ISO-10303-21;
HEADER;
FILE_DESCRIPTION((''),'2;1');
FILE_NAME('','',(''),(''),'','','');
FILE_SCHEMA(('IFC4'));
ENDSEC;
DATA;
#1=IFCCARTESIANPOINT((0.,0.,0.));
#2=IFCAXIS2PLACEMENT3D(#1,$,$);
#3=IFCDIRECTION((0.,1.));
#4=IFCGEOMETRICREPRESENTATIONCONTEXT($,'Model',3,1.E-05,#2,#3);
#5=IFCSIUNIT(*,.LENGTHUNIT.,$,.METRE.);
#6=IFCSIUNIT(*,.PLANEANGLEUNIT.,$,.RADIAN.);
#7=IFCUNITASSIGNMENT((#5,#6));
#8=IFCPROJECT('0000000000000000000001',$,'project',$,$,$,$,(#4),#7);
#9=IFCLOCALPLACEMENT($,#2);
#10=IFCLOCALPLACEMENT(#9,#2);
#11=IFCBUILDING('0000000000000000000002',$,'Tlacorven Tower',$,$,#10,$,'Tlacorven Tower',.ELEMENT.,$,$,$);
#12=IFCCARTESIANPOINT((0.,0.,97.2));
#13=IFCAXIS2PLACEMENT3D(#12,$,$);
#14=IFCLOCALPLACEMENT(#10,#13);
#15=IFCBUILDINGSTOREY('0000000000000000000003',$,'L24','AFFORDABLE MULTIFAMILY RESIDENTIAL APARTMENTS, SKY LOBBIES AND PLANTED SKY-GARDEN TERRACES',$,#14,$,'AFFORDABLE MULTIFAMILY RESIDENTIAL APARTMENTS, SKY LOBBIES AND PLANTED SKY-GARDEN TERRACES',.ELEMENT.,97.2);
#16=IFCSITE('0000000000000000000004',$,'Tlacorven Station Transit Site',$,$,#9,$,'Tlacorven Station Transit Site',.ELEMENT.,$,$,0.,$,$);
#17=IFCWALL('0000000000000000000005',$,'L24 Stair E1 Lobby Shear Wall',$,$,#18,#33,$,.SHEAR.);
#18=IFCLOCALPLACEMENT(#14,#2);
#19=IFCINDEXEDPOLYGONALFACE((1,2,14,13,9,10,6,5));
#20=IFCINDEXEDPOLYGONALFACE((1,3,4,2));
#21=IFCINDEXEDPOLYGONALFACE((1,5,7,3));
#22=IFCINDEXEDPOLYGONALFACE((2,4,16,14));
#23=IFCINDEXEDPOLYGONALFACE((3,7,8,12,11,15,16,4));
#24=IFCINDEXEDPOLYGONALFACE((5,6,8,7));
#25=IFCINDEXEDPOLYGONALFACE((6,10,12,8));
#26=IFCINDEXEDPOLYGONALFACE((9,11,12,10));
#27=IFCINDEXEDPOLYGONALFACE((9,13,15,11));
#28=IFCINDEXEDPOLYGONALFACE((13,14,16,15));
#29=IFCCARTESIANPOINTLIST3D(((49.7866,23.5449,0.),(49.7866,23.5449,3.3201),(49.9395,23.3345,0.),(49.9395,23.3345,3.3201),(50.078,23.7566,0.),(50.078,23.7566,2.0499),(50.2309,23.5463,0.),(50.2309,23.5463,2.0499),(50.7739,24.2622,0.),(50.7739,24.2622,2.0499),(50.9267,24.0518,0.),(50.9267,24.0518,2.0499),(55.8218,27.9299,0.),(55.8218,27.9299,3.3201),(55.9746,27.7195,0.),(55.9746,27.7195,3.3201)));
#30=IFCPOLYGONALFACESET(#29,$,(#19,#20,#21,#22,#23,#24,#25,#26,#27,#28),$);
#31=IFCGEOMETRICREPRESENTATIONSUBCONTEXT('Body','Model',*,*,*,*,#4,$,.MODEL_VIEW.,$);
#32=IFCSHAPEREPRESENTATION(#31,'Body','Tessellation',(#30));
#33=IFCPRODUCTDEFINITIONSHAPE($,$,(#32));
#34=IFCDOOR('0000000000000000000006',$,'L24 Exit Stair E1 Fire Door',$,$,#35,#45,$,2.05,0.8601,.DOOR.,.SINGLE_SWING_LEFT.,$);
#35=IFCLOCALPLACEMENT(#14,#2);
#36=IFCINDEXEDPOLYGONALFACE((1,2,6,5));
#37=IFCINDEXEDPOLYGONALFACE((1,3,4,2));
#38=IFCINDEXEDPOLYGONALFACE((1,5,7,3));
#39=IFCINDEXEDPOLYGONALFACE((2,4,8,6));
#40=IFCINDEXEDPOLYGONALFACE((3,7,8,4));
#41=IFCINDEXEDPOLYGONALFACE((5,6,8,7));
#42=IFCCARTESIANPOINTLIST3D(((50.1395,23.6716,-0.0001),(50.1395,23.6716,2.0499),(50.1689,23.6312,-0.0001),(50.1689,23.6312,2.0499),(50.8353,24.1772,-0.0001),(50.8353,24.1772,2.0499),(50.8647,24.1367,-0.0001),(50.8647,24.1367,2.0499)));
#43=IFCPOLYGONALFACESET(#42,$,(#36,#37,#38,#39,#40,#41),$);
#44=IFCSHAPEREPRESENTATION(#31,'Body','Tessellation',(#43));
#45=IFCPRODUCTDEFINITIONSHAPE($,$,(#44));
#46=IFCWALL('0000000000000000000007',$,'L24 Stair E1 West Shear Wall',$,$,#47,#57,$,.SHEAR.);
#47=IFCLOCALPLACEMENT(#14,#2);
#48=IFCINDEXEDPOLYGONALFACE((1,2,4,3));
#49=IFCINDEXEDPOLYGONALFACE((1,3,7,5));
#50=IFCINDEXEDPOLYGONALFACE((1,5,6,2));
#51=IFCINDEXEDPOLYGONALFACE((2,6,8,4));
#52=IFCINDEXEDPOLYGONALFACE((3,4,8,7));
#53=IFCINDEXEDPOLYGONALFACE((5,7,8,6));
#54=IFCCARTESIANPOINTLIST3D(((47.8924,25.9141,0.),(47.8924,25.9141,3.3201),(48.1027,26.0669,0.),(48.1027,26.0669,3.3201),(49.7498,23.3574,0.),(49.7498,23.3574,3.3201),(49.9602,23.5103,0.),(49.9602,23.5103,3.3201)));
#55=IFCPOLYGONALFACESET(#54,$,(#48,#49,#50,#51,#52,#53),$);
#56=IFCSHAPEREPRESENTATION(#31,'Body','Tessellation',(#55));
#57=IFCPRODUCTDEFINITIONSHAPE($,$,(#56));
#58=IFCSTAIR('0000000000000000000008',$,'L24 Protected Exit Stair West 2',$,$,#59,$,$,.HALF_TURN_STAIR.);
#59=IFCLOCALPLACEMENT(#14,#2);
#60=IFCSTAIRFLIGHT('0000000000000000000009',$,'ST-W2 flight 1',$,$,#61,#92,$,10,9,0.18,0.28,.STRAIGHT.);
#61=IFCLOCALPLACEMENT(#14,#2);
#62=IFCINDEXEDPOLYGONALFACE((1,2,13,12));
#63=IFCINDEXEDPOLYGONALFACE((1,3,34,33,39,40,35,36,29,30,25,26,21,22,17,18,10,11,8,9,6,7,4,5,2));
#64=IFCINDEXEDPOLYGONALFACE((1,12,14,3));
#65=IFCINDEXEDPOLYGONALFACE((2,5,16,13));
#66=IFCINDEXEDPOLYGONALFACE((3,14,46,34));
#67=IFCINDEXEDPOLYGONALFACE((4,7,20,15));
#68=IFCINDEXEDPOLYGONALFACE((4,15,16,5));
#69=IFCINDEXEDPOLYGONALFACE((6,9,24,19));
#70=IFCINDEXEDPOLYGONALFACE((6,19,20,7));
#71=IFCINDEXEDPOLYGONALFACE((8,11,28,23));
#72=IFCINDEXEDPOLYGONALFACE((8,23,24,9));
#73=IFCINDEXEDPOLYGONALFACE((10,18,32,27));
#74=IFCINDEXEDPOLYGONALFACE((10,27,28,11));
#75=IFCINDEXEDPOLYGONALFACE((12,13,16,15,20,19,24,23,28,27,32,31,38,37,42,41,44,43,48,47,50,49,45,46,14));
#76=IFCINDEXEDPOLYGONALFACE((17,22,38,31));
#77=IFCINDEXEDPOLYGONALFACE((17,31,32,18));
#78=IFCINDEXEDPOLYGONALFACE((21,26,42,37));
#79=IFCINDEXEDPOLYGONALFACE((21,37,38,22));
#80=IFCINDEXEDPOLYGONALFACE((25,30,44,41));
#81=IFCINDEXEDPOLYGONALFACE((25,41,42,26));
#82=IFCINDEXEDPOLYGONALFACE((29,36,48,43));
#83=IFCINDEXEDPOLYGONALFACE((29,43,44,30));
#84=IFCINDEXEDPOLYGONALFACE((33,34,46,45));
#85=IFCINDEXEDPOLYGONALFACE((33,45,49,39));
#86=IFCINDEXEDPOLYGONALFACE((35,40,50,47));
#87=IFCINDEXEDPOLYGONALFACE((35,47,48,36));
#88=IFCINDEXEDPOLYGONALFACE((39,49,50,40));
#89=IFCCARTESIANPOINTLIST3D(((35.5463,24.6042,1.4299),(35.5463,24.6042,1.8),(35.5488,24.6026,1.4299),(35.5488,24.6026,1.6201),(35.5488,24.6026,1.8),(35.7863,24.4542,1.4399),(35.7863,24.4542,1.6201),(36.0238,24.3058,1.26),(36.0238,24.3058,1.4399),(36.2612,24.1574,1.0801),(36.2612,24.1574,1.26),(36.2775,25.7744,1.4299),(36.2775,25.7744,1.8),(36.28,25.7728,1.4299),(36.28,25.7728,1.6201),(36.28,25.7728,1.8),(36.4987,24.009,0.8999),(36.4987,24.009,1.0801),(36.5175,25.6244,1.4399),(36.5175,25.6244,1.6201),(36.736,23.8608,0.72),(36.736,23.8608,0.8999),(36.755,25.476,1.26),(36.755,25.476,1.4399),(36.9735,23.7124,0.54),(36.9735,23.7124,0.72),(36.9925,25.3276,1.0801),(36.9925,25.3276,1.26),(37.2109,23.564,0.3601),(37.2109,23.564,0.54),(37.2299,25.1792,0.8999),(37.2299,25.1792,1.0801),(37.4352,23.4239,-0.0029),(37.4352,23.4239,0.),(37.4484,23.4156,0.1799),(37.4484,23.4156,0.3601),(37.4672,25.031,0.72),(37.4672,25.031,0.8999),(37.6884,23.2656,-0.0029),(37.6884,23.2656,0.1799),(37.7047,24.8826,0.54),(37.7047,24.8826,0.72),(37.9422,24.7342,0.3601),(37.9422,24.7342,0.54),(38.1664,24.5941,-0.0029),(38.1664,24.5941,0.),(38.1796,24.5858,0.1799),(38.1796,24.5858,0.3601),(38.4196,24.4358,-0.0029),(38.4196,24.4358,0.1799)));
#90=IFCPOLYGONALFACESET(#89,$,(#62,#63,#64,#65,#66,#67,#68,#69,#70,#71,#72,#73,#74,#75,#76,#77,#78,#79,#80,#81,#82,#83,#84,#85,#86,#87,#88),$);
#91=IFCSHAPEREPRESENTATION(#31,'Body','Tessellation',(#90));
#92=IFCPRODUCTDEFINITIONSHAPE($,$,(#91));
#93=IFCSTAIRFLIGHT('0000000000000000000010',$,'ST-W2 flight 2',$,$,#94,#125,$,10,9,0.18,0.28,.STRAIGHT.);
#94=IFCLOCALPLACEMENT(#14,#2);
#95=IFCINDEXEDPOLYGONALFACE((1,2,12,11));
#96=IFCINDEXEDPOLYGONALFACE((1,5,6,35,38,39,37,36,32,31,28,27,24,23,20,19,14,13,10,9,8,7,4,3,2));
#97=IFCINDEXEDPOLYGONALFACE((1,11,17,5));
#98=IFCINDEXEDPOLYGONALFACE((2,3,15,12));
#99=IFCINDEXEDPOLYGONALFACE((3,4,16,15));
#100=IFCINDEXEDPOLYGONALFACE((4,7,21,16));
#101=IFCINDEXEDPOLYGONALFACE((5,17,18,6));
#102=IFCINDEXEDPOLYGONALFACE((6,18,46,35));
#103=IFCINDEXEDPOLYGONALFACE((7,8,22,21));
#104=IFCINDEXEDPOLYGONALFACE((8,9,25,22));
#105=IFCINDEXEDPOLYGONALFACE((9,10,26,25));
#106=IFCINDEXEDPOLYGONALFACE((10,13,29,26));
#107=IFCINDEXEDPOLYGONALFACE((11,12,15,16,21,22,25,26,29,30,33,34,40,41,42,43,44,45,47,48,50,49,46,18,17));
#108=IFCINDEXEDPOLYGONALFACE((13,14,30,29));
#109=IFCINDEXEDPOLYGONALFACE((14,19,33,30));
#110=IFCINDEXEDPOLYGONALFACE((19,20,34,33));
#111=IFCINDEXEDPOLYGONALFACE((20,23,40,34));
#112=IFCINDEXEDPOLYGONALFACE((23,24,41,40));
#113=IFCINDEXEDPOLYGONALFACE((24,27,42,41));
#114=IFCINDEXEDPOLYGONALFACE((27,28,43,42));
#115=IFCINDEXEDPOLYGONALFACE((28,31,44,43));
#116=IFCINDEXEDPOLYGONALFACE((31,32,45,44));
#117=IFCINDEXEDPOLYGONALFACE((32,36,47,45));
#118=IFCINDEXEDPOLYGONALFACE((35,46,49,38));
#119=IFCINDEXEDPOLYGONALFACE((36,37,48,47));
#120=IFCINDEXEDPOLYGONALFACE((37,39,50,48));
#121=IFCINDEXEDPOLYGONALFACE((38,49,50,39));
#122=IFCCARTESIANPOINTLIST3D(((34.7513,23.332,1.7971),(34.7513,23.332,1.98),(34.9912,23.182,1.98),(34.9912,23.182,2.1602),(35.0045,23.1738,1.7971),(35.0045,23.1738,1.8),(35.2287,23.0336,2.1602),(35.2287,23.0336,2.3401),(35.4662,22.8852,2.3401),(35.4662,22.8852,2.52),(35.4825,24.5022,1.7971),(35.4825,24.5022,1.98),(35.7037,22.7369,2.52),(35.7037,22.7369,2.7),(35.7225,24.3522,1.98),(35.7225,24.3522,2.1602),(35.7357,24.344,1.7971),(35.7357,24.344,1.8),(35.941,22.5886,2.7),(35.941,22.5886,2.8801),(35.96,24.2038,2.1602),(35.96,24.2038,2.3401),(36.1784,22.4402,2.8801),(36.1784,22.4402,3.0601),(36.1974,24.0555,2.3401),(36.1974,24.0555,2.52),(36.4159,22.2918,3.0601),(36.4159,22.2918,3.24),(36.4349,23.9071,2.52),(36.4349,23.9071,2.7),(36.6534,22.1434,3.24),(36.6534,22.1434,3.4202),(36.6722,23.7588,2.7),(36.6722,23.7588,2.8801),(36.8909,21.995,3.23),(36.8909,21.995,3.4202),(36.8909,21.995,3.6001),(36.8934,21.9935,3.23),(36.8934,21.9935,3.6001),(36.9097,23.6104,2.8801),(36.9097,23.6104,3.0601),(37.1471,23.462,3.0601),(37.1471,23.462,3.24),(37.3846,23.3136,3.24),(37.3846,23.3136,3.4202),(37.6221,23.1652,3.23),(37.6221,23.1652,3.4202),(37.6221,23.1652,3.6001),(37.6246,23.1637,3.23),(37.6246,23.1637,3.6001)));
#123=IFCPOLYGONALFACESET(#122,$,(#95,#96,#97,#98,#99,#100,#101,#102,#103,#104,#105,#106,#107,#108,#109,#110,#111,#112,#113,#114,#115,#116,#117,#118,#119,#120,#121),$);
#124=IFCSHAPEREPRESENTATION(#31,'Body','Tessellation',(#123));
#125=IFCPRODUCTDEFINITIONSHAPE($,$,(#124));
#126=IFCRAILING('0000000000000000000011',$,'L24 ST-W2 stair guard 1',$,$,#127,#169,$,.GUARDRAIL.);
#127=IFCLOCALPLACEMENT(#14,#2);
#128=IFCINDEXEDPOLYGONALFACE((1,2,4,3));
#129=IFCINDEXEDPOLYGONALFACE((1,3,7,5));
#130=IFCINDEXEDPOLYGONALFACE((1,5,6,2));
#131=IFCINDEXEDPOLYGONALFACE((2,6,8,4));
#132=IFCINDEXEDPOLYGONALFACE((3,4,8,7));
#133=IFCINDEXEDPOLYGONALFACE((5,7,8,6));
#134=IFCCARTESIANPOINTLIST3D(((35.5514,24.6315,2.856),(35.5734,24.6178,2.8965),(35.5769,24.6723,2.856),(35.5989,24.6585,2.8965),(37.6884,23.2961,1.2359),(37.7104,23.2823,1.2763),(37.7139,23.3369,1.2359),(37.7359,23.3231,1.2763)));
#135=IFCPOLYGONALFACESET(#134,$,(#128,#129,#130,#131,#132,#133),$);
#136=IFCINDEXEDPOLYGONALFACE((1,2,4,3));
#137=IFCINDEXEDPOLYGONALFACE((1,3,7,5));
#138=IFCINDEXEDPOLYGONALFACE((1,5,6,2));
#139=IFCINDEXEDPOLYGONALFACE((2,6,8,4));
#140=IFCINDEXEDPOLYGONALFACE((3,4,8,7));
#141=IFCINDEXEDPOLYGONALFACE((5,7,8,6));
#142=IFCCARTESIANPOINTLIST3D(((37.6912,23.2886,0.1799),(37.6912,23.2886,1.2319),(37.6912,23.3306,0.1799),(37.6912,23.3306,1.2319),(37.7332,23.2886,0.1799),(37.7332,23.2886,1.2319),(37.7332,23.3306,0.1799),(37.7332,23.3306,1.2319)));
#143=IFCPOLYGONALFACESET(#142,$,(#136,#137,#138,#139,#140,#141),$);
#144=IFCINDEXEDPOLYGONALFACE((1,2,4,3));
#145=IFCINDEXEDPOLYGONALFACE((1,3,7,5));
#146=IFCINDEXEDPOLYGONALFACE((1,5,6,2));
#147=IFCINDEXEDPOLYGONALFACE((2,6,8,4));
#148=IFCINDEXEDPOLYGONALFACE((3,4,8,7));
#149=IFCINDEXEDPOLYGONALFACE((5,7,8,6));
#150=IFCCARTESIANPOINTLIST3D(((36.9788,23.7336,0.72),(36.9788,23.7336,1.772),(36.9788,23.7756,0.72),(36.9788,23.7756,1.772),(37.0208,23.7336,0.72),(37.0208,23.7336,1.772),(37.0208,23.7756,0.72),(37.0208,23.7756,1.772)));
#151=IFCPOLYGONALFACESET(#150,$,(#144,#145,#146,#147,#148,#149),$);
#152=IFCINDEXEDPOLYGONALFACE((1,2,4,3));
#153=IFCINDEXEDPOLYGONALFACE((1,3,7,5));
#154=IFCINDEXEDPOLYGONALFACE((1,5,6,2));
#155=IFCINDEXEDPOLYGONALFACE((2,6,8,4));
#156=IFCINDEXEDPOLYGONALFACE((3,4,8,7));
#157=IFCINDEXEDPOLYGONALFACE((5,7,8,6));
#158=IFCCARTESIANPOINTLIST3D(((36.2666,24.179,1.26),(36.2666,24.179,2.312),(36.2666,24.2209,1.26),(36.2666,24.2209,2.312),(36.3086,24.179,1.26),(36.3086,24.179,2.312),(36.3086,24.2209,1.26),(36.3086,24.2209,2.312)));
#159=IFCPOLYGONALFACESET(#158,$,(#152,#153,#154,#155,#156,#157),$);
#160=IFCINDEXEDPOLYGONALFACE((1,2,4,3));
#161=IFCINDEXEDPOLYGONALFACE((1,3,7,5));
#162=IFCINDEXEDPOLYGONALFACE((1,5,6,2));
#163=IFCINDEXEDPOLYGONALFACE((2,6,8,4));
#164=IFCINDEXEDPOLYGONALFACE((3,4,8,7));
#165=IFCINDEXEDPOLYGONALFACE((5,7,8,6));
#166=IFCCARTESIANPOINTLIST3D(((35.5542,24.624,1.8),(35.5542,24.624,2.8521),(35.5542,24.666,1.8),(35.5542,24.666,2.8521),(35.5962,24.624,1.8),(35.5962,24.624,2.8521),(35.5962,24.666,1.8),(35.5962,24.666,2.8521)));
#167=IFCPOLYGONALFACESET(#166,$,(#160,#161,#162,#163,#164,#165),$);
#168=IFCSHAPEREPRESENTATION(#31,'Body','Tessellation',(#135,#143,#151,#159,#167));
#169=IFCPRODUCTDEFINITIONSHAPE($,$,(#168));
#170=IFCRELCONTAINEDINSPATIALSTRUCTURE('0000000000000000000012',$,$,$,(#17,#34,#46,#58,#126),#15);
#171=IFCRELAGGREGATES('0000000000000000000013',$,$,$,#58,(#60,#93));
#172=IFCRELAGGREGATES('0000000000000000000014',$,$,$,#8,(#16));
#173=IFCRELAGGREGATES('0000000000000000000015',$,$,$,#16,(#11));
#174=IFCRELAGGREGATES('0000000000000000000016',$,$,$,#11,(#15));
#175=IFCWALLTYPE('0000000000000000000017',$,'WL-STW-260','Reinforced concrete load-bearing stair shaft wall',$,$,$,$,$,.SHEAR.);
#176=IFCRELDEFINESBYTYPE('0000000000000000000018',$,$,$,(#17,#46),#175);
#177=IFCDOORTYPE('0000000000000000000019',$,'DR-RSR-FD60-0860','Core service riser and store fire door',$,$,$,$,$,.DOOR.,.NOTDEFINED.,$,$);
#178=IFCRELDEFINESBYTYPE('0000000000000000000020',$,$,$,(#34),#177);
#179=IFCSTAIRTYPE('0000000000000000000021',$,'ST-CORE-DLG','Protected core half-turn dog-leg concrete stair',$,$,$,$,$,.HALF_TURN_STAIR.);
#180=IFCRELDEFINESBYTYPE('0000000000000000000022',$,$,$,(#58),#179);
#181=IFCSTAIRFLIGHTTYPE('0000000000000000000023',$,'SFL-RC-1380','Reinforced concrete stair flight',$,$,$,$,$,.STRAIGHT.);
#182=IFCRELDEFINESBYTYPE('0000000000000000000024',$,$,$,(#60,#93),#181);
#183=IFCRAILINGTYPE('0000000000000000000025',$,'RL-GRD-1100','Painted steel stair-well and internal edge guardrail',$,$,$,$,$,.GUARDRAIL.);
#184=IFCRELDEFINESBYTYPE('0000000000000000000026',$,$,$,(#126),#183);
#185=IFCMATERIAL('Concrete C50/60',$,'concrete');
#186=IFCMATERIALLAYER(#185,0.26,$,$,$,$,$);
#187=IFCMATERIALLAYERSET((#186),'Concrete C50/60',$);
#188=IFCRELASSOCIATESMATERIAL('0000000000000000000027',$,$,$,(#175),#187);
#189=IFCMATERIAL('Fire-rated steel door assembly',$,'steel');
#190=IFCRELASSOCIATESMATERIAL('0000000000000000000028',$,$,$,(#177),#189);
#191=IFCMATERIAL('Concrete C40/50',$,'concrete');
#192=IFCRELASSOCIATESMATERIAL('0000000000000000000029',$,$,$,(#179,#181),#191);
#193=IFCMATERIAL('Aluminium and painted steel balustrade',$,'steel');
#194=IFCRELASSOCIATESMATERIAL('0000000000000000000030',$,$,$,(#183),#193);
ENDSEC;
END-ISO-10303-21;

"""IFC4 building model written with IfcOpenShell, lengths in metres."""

from ifc_helpers import new_model, si_unit, direction, frame, frame_2d, origin, origin_2d, place, context, subcontext, project, spatial, polyline, rectangle, outline, extrude, source, transform, mapped, material, layer, layer_set, type_object, element, fill, aggregate, save


model = new_model("IFC4")

# Units and contexts
model_context = context("Model", 3, precision=1e-05, world=origin(), true_north=direction((0.0, 1.0)))
body_context = subcontext(model_context, "Body", "Model", "MODEL_VIEW")
ifc_project = project(units=[si_unit("LENGTHUNIT", "METRE"), si_unit("PLANEANGLEUNIT", "RADIAN")], contexts=[model_context])

# Site, building, storey
site_placement = place(None, origin())
site = spatial("IfcSite", under=ifc_project, at=site_placement, Name="Tlacorven Station Transit Site", LongName="Tlacorven Station Transit Site", CompositionType="ELEMENT", RefElevation=0.0)
building_placement = place(site_placement, origin())
building = spatial("IfcBuilding", under=site, at=building_placement, Name="Tlacorven Tower", LongName="Tlacorven Tower", CompositionType="ELEMENT")
storey_placement = place(building_placement, frame((0.0, 0.0, 97.2)))
storey = spatial("IfcBuildingStorey", under=building, at=storey_placement, Name="L24", Description="AFFORDABLE MULTIFAMILY RESIDENTIAL APARTMENTS, SKY LOBBIES AND PLANTED SKY-GARDEN TERRACES", LongName="AFFORDABLE MULTIFAMILY RESIDENTIAL APARTMENTS, SKY LOBBIES AND PLANTED SKY-GARDEN TERRACES", CompositionType="ELEMENT", Elevation=97.2)

# Shared definitions
ifc_material_1 = material(Name="Concrete C40/50", Category="concrete")
ifc_material_2 = material(Name="Concrete C50/60", Category="concrete")
ifc_layer_1 = layer(ifc_material_2, 0.26)
ifc_layer_set_1 = layer_set([ifc_layer_1], Name="Concrete C50/60")
wall_type_1 = type_object("IfcWallType", Name="WL-STW-260", Description="Reinforced concrete load-bearing stair shaft wall", PredefinedType="SHEAR", material=ifc_layer_set_1)

# Wall, opening, door
wall_1_placement = place(storey_placement, frame((49.863, 23.4397, 0.0), z_axis=(0.0, 0.0, 1.0), x_axis=(0.809003, 0.587804, 0.0)))
wall_1 = element("IfcWall", 1, at=wall_1_placement, inside=storey, type_object=wall_type_1, Name="L24 Stair E1 Lobby Shear Wall", PredefinedType="SHEAR", context=body_context, shape_type="SweptSolid", body=[
    extrude(rectangle(XDim=7.46, YDim=0.26, at=frame_2d((3.73, 0.0))), origin(), (0.0, 0.0, 1.0), 3.3201),
])
opening_placement = place(wall_1_placement, frame((0.3601, 0.0, 0.0)))
opening = element("IfcOpeningElement", 2, at=opening_placement, cuts=wall_1, PredefinedType="OPENING", context=body_context, shape_type="SweptSolid", body=[
    extrude(rectangle(XDim=0.8601, YDim=2.05, at=frame_2d((0.4302, 1.0249))), frame((0.0, 0.1401, 0.0), z_axis=(0.0, -1.0, 0.0), x_axis=(1.0, 0.0, 0.0)), (0.0, 0.0, 1.0), 0.28),
])
ifc_material_3 = material(Name="Fire-rated steel door assembly", Category="steel")
door_type = type_object("IfcDoorType", Name="DR-RSR-FD60-0860", Description="Core service riser and store fire door", OperationType="NOTDEFINED", PredefinedType="DOOR", material=ifc_material_3)
shared_shape_1 = source(origin(), body_context, "Body", "SweptSolid", [
    extrude(rectangle(XDim=0.8601, YDim=2.05, at=frame_2d((0.4302, 1.0249))), frame((0.0, 0.0249, 0.0), z_axis=(0.0, -1.0, 0.0), x_axis=(1.0, 0.0, 0.0)), (0.0, 0.0, 1.0), 0.05),
])
door_placement = place(opening_placement, frame((0.8601, 0.0, 0.0), z_axis=(0.0, 0.0, 1.0), x_axis=(-1.0, 0.0, 0.0)))
door = element("IfcDoor", 3, at=door_placement, inside=storey, type_object=door_type, Name="L24 Exit Stair E1 Fire Door", OperationType="SINGLE_SWING_LEFT", OverallHeight=2.05, OverallWidth=0.8601, PredefinedType="DOOR", context=body_context, shape_type="MappedRepresentation", body=[
    mapped(shared_shape_1, transform((0.0, 0.0, 0.0), scale=1.0)),
])
fill(opening, door)

# Wall
wall_2_placement = place(storey_placement, frame((49.855, 23.4338, 0.0), z_axis=(0.0, 0.0, 1.0), x_axis=(-0.587767, 0.80903, 0.0)))
element("IfcWall", 4, at=wall_2_placement, inside=storey, type_object=wall_type_1, Name="L24 Stair E1 West Shear Wall", PredefinedType="SHEAR", context=body_context, shape_type="SweptSolid", body=[
    extrude(rectangle(XDim=3.1602, YDim=0.26, at=frame_2d((1.5801, 0.0))), origin(), (0.0, 0.0, 1.0), 3.3201),
])

# Stair, stair flights
stair_type = type_object("IfcStairType", Name="ST-CORE-DLG", Description="Protected core half-turn dog-leg concrete stair", PredefinedType="HALF_TURN_STAIR", material=ifc_material_1)
stair_placement = place(storey_placement, origin())
stair = element("IfcStair", 5, at=stair_placement, inside=storey, type_object=stair_type, Name="L24 Protected Exit Stair West 2", PredefinedType="HALF_TURN_STAIR")
stair_flight_type = type_object("IfcStairFlightType", Name="SFL-RC-1380", Description="Reinforced concrete stair flight", PredefinedType="STRAIGHT", material=ifc_material_1)
shared_shape_2 = source(origin(), body_context, "Body", "SweptSolid", [
    extrude(outline(polyline([(-0.0029, -0.0029), (-0.0029, 0.1799), (0.28, 0.1799), (0.28, 0.3601), (0.5601, 0.3601), (0.5601, 0.54), (0.8401, 0.54), (0.8401, 0.72), (1.1201, 0.72), (1.1201, 0.8999), (1.3999, 0.8999), (1.3999, 1.0801), (1.6799, 1.0801), (1.6799, 1.26), (1.96, 1.26), (1.96, 1.4399), (2.24, 1.4399), (2.24, 1.6201), (2.52, 1.6201), (2.52, 1.8), (2.5229, 1.8), (2.5229, 1.4299), (2.52, 1.4299), (0.2957, 0.0), (0.2957, -0.0029), (-0.0029, -0.0029)])), frame((0.0, 0.6899, 0.0), z_axis=(0.0, -1.0, 0.0), x_axis=(1.0, 0.0, 0.0)), (0.0, 0.0, 1.0), 1.3799),
])
stair_flight_1_placement = place(storey_placement, frame((38.0515, 23.8523, 0.0), z_axis=(0.0, 0.0, 1.0), x_axis=(-0.848048, 0.529919, 0.0)))
stair_flight_1 = element("IfcStairFlight", 6, at=stair_flight_1_placement, type_object=stair_flight_type, Name="ST-W2 flight 1", NumberOfRisers=10, NumberOfTreads=9, PredefinedType="STRAIGHT", RiserHeight=0.18, TreadLength=0.28, context=body_context, shape_type="MappedRepresentation", body=[
    mapped(shared_shape_2, transform((0.0, 0.0, 0.0), scale=1.0)),
])
stair_flight_2_placement = place(storey_placement, frame((35.1194, 23.9155, 1.8), z_axis=(0.0, 0.0, 1.0), x_axis=(0.848048, -0.529919, 0.0)))
stair_flight_2 = element("IfcStairFlight", 7, at=stair_flight_2_placement, type_object=stair_flight_type, Name="ST-W2 flight 2", NumberOfRisers=10, NumberOfTreads=9, PredefinedType="STRAIGHT", RiserHeight=0.18, TreadLength=0.28, context=body_context, shape_type="MappedRepresentation", body=[
    mapped(shared_shape_2, transform((0.0, 0.0, 0.0), scale=1.0)),
])
aggregate(stair, [stair_flight_1, stair_flight_2])

# Railing
ifc_material_4 = material(Name="Aluminium and painted steel balustrade", Category="steel")
railing_type_1 = type_object("IfcRailingType", Name="RL-GRD-1100", Description="Painted steel stair-well and internal edge guardrail", PredefinedType="GUARDRAIL", material=ifc_material_4)
shared_shape_3 = source(origin(), body_context, "Body", "SweptSolid", [
    extrude(rectangle(XDim=0.0481, YDim=0.0481, at=origin_2d()), frame((0.0, 0.0, 1.0762), z_axis=(-0.71332, 0.445774, 0.540796), x_axis=(-0.529955, -0.848026, 0.0)), (0.0, 0.0, 1.0), 2.9958),
    extrude(rectangle(XDim=0.042, YDim=0.042, at=origin_2d()), origin(), (0.0, 0.0, 1.0), 1.052),
    extrude(rectangle(XDim=0.042, YDim=0.042, at=origin_2d()), frame((-0.7124, 0.4451, 0.54)), (0.0, 0.0, 1.0), 1.052),
    extrude(rectangle(XDim=0.042, YDim=0.042, at=origin_2d()), frame((-1.4246, 0.8904, 1.0801)), (0.0, 0.0, 1.0), 1.052),
    extrude(rectangle(XDim=0.042, YDim=0.042, at=origin_2d()), frame((-2.137, 1.3354, 1.6201)), (0.0, 0.0, 1.0), 1.052),
])
railing_1_placement = place(storey_placement, frame((37.7122, 23.3096, 0.1799)))
element("IfcRailing", 8, at=railing_1_placement, inside=storey, type_object=railing_type_1, Name="L24 ST-W2 stair guard 1", PredefinedType="GUARDRAIL", context=body_context, shape_type="MappedRepresentation", body=[
    mapped(shared_shape_3, transform((0.0, 0.0, 0.0), scale=1.0)),
])

save(model, "model.ifc")
